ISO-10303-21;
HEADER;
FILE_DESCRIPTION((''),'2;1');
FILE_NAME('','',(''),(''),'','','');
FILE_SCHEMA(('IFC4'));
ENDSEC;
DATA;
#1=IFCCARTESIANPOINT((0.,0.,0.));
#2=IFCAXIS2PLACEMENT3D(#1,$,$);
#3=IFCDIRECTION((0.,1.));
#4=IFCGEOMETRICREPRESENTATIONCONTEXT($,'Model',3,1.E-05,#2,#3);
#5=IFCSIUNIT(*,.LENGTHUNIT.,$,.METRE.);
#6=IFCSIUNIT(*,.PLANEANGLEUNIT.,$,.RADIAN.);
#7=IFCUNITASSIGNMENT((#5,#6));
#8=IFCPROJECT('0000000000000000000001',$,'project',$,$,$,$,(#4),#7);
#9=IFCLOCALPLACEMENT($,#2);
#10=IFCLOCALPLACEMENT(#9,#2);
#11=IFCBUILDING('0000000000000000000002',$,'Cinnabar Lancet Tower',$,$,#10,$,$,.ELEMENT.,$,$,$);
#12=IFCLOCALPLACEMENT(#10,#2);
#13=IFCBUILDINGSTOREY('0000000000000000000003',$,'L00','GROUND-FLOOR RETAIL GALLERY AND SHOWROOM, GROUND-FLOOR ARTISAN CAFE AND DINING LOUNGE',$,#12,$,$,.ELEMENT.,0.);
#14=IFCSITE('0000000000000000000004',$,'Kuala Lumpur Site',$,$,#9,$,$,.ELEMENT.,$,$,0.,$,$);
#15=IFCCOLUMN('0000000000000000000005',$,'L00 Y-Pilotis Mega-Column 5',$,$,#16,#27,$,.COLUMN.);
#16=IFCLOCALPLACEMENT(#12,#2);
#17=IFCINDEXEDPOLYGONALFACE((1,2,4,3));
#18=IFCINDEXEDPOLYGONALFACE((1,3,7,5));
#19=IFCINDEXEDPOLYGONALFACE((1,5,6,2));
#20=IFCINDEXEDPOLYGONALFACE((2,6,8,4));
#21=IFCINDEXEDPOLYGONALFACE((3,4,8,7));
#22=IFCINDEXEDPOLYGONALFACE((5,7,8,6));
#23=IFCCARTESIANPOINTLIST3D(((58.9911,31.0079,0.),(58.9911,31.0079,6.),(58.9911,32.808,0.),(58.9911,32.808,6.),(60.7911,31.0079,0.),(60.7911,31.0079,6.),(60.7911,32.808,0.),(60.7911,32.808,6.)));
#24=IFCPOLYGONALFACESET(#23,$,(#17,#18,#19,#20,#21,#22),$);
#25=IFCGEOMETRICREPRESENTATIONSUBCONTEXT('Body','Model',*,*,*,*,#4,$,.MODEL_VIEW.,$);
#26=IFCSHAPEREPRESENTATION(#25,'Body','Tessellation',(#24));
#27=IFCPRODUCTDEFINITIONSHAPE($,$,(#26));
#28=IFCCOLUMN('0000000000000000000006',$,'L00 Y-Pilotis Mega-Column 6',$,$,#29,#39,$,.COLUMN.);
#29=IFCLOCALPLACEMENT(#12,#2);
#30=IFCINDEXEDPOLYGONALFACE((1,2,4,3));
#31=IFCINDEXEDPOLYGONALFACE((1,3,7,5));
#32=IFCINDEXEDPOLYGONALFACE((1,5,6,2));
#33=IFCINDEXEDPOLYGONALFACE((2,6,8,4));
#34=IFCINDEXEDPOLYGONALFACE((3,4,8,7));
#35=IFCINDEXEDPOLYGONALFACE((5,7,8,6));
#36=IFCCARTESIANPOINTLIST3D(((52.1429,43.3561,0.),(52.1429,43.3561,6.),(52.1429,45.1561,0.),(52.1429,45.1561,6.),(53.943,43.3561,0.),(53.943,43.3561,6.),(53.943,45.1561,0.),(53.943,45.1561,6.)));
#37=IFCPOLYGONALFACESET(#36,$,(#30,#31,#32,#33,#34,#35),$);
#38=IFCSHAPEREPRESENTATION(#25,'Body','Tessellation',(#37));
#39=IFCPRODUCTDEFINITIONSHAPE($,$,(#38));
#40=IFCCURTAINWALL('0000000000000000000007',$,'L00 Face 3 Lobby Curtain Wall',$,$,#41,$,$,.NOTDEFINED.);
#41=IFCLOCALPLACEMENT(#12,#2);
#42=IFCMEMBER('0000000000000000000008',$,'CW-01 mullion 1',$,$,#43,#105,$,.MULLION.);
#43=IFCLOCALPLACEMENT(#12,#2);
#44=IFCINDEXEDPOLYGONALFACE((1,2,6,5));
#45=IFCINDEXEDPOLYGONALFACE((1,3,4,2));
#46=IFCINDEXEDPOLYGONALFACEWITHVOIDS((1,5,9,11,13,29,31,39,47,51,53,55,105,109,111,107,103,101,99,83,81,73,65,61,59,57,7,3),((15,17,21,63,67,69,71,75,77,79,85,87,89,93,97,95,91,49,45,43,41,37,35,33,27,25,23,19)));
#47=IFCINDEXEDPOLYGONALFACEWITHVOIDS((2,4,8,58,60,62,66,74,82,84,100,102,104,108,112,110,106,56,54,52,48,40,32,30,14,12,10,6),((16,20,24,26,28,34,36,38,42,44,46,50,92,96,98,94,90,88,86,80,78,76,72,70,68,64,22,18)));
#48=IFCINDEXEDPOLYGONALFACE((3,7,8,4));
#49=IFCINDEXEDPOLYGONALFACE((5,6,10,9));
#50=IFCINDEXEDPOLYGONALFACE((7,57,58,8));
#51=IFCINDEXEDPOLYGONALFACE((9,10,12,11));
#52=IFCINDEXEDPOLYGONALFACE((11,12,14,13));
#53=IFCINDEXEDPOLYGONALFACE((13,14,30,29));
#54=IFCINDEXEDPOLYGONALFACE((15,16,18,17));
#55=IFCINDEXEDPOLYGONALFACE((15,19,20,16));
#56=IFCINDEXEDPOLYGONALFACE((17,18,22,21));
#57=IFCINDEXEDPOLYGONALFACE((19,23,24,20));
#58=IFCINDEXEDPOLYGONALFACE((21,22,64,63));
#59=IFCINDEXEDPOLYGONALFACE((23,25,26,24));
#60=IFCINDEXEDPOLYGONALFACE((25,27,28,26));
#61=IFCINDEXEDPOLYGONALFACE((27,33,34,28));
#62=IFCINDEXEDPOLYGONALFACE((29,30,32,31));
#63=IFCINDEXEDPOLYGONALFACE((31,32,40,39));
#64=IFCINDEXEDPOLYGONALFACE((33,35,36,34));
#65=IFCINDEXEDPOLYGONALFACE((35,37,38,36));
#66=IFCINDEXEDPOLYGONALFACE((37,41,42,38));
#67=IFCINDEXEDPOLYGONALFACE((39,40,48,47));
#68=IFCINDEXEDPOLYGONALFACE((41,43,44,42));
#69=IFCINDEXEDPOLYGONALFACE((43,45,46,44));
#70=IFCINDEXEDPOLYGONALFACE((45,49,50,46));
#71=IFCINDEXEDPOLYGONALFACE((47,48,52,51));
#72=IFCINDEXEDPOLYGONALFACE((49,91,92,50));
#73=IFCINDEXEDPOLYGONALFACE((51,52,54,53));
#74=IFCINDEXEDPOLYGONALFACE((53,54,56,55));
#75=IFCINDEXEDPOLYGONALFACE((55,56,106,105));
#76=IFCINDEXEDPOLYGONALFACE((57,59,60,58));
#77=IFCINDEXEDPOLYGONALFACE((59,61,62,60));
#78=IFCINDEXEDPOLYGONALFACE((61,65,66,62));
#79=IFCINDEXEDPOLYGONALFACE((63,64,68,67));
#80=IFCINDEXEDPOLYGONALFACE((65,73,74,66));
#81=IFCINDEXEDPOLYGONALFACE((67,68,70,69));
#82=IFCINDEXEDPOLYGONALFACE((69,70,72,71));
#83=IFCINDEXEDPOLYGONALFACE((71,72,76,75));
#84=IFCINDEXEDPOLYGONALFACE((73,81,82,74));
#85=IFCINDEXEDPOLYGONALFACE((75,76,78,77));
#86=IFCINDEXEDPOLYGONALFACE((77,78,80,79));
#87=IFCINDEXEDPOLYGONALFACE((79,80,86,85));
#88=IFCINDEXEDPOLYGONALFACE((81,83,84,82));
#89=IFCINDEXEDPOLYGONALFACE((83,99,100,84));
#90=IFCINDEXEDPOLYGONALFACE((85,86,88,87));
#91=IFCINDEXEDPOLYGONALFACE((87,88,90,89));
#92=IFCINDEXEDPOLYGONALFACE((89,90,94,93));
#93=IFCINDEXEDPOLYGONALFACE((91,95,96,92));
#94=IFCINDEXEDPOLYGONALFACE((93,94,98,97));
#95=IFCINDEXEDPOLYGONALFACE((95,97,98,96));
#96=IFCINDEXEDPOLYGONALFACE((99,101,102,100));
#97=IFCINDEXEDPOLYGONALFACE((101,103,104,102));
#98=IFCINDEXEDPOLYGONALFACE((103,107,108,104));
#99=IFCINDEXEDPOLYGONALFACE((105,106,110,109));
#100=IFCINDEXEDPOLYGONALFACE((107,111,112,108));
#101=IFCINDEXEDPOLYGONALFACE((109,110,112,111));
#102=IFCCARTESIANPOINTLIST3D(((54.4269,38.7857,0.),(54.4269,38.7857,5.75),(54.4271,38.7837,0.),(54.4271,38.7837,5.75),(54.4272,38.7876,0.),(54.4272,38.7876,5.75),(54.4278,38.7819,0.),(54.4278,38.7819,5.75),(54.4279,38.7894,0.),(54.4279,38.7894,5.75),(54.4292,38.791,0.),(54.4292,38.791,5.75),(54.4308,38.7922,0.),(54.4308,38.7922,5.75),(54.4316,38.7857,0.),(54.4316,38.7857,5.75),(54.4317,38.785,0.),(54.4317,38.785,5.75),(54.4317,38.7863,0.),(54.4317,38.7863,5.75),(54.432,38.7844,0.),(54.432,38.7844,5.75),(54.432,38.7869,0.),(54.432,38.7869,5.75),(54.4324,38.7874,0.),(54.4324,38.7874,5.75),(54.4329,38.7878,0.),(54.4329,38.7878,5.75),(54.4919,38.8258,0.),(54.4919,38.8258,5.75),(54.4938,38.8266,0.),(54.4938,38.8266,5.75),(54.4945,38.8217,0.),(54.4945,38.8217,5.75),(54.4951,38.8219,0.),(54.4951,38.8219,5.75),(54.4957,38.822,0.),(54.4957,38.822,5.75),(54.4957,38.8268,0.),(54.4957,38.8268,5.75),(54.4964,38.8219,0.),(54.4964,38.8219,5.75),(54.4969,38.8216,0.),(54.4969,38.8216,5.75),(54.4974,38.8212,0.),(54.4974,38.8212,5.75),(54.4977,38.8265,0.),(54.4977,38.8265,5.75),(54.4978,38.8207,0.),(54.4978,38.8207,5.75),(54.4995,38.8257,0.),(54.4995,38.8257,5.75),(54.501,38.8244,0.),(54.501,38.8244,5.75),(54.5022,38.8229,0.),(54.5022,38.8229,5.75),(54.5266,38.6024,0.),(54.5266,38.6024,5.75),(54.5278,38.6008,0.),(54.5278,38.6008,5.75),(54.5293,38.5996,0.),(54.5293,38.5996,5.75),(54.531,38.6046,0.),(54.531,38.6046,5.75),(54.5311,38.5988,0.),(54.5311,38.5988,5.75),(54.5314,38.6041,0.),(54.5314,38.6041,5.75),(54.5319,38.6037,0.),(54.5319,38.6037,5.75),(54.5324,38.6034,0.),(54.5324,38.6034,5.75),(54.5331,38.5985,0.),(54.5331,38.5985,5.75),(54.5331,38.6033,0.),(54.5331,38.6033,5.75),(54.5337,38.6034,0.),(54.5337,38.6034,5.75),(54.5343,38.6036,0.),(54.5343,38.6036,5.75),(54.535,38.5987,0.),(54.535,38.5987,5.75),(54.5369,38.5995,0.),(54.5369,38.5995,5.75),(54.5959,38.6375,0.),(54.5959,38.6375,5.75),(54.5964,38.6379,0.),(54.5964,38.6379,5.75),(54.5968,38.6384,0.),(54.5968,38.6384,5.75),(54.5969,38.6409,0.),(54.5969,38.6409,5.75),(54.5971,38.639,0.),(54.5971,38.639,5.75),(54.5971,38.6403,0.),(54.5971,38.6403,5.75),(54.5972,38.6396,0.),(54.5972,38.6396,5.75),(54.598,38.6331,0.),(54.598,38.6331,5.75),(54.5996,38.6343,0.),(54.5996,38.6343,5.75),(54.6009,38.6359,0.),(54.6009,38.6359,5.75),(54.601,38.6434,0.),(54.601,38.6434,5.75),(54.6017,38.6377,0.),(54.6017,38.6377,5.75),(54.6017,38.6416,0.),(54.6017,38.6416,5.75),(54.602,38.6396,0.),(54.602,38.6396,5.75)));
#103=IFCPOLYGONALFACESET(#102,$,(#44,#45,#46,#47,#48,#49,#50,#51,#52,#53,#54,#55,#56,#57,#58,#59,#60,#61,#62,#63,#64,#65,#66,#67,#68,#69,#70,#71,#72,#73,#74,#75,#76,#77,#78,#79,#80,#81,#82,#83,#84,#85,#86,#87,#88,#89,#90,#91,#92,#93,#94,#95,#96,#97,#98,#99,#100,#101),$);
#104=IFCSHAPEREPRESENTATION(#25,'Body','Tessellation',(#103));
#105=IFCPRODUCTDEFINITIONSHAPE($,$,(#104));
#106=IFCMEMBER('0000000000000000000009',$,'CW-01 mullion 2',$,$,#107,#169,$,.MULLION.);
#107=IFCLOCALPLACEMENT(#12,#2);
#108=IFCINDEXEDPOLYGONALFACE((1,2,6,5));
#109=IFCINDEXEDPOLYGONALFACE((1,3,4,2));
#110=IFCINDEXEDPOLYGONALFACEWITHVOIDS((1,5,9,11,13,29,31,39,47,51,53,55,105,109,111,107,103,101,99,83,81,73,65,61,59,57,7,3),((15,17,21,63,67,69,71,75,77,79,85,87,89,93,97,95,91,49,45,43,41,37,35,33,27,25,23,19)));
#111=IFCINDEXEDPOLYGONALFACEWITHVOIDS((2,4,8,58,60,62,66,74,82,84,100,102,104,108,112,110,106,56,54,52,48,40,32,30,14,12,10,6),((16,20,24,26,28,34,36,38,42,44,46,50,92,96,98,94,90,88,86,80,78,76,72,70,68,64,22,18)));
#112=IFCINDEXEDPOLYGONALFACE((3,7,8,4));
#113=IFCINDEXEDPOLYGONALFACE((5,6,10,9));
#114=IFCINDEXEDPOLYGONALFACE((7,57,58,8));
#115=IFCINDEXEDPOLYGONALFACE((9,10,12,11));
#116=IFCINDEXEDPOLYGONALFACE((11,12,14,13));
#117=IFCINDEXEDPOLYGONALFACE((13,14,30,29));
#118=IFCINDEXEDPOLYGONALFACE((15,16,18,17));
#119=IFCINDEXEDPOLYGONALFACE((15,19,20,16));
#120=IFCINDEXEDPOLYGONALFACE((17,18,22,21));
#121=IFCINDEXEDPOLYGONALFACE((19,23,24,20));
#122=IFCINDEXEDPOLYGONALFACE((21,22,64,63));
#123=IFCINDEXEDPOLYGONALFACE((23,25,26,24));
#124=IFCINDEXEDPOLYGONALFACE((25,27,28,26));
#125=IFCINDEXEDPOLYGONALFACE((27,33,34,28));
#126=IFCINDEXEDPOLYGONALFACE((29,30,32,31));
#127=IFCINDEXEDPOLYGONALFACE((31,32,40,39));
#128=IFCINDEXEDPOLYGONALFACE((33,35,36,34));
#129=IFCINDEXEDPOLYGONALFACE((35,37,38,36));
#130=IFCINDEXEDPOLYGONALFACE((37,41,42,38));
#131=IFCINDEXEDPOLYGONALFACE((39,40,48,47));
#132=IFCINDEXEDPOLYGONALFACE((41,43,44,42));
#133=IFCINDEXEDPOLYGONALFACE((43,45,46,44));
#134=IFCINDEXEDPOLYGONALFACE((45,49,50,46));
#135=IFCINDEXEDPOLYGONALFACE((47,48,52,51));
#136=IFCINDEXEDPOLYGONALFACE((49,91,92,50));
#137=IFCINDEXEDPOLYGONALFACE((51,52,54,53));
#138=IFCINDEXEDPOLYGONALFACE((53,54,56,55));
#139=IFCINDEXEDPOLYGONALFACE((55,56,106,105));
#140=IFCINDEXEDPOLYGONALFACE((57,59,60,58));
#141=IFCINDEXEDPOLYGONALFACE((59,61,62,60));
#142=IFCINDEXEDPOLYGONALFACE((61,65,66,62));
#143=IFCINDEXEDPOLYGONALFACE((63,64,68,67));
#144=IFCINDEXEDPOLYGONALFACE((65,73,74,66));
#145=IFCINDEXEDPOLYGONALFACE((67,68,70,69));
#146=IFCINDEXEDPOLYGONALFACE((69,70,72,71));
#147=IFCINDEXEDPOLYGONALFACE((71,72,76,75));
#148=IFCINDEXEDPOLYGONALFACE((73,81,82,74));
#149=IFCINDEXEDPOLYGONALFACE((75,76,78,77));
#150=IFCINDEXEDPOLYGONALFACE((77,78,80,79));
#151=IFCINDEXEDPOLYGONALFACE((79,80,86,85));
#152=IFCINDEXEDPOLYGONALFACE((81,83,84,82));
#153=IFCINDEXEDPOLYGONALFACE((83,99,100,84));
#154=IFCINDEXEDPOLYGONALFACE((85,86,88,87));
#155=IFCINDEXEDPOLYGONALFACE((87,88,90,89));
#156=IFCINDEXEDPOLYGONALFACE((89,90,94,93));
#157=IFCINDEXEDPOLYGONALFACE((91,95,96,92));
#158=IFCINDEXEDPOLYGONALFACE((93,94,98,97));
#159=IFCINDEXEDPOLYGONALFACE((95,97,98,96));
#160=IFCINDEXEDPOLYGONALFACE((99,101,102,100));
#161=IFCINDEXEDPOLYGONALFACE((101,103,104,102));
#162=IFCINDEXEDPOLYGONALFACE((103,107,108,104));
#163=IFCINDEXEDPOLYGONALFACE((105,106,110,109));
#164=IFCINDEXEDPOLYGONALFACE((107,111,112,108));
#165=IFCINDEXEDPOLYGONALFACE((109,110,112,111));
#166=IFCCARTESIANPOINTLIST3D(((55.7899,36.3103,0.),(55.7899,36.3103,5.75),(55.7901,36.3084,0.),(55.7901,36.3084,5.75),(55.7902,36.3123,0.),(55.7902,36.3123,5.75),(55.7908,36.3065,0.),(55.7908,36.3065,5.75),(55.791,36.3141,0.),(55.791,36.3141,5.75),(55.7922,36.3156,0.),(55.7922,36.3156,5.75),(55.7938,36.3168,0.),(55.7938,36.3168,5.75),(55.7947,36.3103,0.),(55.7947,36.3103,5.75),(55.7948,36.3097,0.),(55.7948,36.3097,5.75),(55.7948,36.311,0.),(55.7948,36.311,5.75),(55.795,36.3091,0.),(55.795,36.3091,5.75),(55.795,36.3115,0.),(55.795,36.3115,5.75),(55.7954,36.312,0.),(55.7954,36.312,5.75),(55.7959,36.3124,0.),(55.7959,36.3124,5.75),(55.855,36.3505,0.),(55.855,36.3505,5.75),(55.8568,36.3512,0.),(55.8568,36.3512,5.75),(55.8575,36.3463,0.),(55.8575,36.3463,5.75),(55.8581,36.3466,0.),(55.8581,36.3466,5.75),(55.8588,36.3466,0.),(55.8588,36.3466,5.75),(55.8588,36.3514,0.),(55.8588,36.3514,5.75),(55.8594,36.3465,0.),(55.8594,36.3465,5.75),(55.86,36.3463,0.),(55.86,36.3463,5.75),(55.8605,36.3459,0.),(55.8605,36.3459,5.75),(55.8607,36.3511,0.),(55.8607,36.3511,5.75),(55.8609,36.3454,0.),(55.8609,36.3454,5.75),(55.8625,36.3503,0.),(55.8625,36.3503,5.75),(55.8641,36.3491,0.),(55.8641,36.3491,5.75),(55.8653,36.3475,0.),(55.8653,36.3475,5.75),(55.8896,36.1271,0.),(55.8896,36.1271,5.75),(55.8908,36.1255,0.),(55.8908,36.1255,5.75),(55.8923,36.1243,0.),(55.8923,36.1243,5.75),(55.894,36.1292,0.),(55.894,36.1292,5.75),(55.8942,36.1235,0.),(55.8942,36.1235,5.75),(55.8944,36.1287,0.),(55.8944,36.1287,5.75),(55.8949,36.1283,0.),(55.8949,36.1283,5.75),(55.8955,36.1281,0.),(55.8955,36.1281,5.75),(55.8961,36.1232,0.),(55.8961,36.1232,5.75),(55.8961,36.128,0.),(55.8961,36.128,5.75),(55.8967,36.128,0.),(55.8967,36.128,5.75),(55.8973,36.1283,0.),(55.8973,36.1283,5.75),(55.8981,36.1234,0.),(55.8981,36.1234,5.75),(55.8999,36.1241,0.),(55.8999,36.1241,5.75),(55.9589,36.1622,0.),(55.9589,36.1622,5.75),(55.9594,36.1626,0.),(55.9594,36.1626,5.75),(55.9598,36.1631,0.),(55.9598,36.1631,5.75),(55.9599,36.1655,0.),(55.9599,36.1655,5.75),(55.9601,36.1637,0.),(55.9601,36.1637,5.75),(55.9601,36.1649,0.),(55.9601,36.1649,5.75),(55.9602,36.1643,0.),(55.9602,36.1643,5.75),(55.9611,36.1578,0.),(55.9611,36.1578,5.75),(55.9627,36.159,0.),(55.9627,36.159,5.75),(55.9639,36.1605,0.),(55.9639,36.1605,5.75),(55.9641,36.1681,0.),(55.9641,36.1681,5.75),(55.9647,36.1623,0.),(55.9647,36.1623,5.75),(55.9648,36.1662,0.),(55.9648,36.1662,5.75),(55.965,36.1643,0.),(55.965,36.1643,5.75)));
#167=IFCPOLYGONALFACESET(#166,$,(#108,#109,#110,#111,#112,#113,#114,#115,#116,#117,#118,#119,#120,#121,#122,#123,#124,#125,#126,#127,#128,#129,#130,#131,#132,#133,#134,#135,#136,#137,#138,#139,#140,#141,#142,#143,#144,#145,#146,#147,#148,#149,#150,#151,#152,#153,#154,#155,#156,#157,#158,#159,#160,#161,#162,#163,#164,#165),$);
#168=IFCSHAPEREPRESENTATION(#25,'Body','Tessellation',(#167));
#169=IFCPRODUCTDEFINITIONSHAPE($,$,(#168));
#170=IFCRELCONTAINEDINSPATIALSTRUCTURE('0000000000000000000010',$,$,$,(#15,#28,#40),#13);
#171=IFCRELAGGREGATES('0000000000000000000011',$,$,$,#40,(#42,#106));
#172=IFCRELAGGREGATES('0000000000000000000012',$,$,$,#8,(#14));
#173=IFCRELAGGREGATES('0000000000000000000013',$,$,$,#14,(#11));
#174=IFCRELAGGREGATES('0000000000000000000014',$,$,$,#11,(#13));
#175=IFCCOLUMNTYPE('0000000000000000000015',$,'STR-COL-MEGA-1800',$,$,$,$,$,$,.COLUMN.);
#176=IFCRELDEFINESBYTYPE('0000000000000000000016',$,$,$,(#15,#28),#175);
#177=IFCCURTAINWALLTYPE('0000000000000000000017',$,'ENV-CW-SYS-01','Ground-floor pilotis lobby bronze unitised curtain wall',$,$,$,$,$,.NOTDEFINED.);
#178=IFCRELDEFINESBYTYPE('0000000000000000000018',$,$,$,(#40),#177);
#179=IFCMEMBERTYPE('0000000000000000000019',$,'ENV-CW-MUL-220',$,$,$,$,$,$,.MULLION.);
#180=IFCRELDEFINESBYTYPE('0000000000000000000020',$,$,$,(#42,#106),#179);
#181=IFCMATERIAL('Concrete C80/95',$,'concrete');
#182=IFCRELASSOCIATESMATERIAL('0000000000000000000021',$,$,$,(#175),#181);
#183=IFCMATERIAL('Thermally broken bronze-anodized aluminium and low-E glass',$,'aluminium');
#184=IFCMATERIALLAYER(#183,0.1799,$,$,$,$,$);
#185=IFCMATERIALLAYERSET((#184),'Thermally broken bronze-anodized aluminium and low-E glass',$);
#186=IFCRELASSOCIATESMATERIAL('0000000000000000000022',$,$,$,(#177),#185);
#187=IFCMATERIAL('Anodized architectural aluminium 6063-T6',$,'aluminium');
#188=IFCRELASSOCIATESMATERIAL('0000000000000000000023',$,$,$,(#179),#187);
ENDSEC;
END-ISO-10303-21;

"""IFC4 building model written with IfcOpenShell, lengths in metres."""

from ifc_helpers import new_model, si_unit, direction, frame, origin, origin_2d, place, context, subcontext, project, spatial, rectangle, hollow_rectangle, extrude, material, layer, layer_set, material_profile, profile_set, type_object, element, aggregate, save


model = new_model("IFC4")

# Units and contexts
model_context = context("Model", 3, precision=1e-05, world=origin(), true_north=direction((0.0, 1.0)))
body_context = subcontext(model_context, "Body", "Model", "MODEL_VIEW")
ifc_project = project(units=[si_unit("LENGTHUNIT", "METRE"), si_unit("PLANEANGLEUNIT", "RADIAN")], contexts=[model_context])

# Site, building, storey
site_placement = place(None, origin())
site = spatial("IfcSite", under=ifc_project, at=site_placement, Name="Kuala Lumpur Site", CompositionType="ELEMENT", RefElevation=0.0)
building_placement = place(site_placement, origin())
building = spatial("IfcBuilding", under=site, at=building_placement, Name="Cinnabar Lancet Tower", CompositionType="ELEMENT")
storey_placement = place(building_placement, origin())
storey = spatial("IfcBuildingStorey", under=building, at=storey_placement, Name="L00", Description="GROUND-FLOOR RETAIL GALLERY AND SHOWROOM, GROUND-FLOOR ARTISAN CAFE AND DINING LOUNGE", CompositionType="ELEMENT", Elevation=0.0)

# Columns
ifc_material_1 = material(Name="Concrete C80/95", Category="concrete")
ifc_material_profile_1 = material_profile(ifc_material_1, rectangle(XDim=1.8, YDim=1.8, at=origin_2d()), Name="RC-MEGA 1800x1800")
ifc_profile_set_1 = profile_set([ifc_material_profile_1], Name="Concrete C80/95")
column_type = type_object("IfcColumnType", Name="STR-COL-MEGA-1800", PredefinedType="COLUMN", material=ifc_profile_set_1)
for number, where, z_axis, x_axis, name in (
    (1, (59.8911, 31.908, 0.0), (0.0, 0.0, 1.0), (1.0, 0.0, 0.0), "L00 Y-Pilotis Mega-Column 5"),
    (2, (53.043, 44.2561, 0.0), (0.0, 0.0, 1.0), (1.0, 0.0, 0.0), "L00 Y-Pilotis Mega-Column 6"),
):
    element("IfcColumn", number, at=place(storey_placement, frame(where, z_axis=z_axis, x_axis=x_axis)), inside=storey, type_object=column_type, Name=name, PredefinedType="COLUMN", context=body_context, shape_type="SweptSolid", body=[
        extrude(rectangle(XDim=1.8, YDim=1.8, at=origin_2d()), origin(), (0.0, 0.0, 1.0), 6.0),
    ])

# Curtain wall, members
ifc_material_2 = material(Name="Thermally broken bronze-anodized aluminium and low-E glass", Category="aluminium")
ifc_layer_1 = layer(ifc_material_2, 0.1799)
ifc_layer_set_1 = layer_set([ifc_layer_1], Name="Thermally broken bronze-anodized aluminium and low-E glass")
curtain_wall_type = type_object("IfcCurtainWallType", Name="ENV-CW-SYS-01", Description="Ground-floor pilotis lobby bronze unitised curtain wall", PredefinedType="NOTDEFINED", material=ifc_layer_set_1)
curtain_wall_placement = place(storey_placement, origin())
curtain_wall = element("IfcCurtainWall", 3, at=curtain_wall_placement, inside=storey, type_object=curtain_wall_type, Name="L00 Face 3 Lobby Curtain Wall", PredefinedType="NOTDEFINED")
ifc_material_3 = material(Name="Anodized architectural aluminium 6063-T6", Category="aluminium")
ifc_material_profile_2 = material_profile(ifc_material_3, hollow_rectangle(XDim=0.085, YDim=0.22, WallThickness=0.0049, InnerFilletRadius=0.0024, OuterFilletRadius=0.0076, at=origin_2d()), Name="CW-MUL 220x85x5")
ifc_profile_set_2 = profile_set([ifc_material_profile_2], Name="Anodized architectural aluminium 6063-T6")
member_type_1 = type_object("IfcMemberType", Name="ENV-CW-MUL-220", PredefinedType="MULLION", material=ifc_profile_set_2)
member_1_placement = place(storey_placement, frame((54.5144, 38.7126, 0.0), z_axis=(0.0, 0.0, 1.0), x_axis=(0.875982, 0.482344, 0.0)))
member_1 = element("IfcMember", 4, at=member_1_placement, type_object=member_type_1, Name="CW-01 mullion 1", PredefinedType="MULLION", context=body_context, shape_type="SweptSolid", body=[
    extrude(hollow_rectangle(XDim=0.085, YDim=0.22, WallThickness=0.0049, InnerFilletRadius=0.0024, OuterFilletRadius=0.0076, at=origin_2d()), origin(), (0.0, 0.0, 1.0), 5.75),
])
member_2_placement = place(storey_placement, frame((55.8774, 36.2373, 0.0), z_axis=(0.0, 0.0, 1.0), x_axis=(0.875982, 0.482344, 0.0)))
member_2 = element("IfcMember", 5, at=member_2_placement, type_object=member_type_1, Name="CW-01 mullion 2", PredefinedType="MULLION", context=body_context, shape_type="SweptSolid", body=[
    extrude(hollow_rectangle(XDim=0.085, YDim=0.22, WallThickness=0.0049, InnerFilletRadius=0.0024, OuterFilletRadius=0.0076, at=origin_2d()), origin(), (0.0, 0.0, 1.0), 5.75),
])

aggregate(curtain_wall, [member_1, member_2])

save(model, "model.ifc")
